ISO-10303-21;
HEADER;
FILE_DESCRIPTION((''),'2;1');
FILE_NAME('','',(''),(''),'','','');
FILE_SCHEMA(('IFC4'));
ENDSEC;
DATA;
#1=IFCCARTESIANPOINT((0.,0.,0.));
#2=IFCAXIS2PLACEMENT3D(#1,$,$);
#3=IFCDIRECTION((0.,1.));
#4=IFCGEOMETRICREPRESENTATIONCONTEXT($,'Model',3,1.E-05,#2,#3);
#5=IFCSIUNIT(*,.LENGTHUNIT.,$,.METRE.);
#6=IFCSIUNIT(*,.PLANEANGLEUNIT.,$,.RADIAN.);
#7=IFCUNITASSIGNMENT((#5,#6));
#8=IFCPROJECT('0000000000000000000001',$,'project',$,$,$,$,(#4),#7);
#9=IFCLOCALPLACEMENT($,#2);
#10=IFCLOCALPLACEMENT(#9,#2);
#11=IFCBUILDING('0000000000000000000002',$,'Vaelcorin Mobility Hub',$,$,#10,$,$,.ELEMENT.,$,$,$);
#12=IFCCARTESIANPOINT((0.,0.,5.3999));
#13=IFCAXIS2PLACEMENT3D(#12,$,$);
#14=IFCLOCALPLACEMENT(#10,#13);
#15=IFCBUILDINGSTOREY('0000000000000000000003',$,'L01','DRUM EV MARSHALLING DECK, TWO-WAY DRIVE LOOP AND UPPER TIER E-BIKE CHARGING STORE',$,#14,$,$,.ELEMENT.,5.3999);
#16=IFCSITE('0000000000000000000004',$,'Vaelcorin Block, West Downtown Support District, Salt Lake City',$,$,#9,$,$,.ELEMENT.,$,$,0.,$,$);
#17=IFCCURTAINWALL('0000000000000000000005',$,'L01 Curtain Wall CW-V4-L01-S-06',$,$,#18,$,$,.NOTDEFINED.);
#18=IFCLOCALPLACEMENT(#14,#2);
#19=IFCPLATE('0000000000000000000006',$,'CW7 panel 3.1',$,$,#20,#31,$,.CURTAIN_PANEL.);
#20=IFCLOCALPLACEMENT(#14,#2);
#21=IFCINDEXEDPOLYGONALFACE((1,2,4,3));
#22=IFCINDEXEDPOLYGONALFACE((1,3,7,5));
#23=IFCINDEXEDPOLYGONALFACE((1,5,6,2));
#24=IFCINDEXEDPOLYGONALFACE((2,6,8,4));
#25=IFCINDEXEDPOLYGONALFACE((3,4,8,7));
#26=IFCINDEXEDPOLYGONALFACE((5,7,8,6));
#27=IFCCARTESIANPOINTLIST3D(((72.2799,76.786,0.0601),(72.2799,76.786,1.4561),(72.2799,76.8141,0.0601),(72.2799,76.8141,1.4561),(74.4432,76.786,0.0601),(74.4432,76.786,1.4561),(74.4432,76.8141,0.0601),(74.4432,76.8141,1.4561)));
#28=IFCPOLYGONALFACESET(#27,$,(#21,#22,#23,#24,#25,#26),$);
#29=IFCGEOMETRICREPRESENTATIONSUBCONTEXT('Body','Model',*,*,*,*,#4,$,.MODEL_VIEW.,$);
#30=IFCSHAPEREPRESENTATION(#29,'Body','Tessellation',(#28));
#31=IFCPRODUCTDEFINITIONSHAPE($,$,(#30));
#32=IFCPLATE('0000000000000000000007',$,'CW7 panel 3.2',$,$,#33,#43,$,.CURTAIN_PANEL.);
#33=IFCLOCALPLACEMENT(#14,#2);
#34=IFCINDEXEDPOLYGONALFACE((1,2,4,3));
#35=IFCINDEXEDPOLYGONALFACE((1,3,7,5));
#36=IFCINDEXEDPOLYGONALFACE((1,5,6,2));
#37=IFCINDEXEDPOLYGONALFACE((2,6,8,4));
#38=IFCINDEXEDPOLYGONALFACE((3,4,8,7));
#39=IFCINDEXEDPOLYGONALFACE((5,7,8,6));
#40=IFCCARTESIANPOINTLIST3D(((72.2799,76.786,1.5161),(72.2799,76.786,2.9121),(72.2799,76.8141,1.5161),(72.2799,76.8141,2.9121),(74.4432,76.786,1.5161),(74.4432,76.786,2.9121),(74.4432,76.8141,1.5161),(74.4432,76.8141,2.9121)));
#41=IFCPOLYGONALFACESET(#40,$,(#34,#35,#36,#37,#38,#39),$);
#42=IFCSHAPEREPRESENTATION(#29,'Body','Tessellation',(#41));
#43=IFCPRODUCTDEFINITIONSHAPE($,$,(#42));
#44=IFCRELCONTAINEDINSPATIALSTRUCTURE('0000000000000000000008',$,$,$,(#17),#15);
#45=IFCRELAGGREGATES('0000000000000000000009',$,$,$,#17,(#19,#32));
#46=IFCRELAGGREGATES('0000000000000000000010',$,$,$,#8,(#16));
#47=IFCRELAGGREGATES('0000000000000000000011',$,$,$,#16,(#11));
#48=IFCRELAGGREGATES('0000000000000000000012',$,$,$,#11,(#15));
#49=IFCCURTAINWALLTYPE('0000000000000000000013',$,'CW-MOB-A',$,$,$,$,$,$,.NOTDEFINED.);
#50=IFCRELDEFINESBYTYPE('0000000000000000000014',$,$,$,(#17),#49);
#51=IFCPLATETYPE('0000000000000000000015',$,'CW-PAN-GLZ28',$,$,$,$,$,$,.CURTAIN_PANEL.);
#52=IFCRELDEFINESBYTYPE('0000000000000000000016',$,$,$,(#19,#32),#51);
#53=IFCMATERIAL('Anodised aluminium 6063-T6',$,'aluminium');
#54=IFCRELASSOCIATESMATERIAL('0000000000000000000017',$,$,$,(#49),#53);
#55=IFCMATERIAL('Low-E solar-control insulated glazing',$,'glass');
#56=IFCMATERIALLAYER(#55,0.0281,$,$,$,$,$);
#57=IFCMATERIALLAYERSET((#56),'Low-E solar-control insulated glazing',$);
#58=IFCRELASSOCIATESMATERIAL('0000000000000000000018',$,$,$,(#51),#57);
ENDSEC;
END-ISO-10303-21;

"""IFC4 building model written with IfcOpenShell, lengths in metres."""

from ifc_helpers import new_model, si_unit, direction, frame, origin, origin_2d, place, context, subcontext, project, spatial, rectangle, extrude, material, layer, layer_set, type_object, element, aggregate, save


model = new_model("IFC4")

# Units and contexts
model_context = context("Model", 3, precision=1e-05, world=origin(), true_north=direction((0.0, 1.0)))
body_context = subcontext(model_context, "Body", "Model", "MODEL_VIEW")
ifc_project = project(units=[si_unit("LENGTHUNIT", "METRE"), si_unit("PLANEANGLEUNIT", "RADIAN")], contexts=[model_context])

# Site, building, storey
site_placement = place(None, origin())
site = spatial("IfcSite", under=ifc_project, at=site_placement, Name="Vaelcorin Block, West Downtown Support District, Salt Lake City", CompositionType="ELEMENT", RefElevation=0.0)
building_placement = place(site_placement, origin())
building = spatial("IfcBuilding", under=site, at=building_placement, Name="Vaelcorin Mobility Hub", CompositionType="ELEMENT")
storey_placement = place(building_placement, frame((0.0, 0.0, 5.3999)))
storey = spatial("IfcBuildingStorey", under=building, at=storey_placement, Name="L01", Description="DRUM EV MARSHALLING DECK, TWO-WAY DRIVE LOOP AND UPPER TIER E-BIKE CHARGING STORE", CompositionType="ELEMENT", Elevation=5.3999)

# Curtain wall
ifc_material_1 = material(Name="Anodised aluminium 6063-T6", Category="aluminium")
curtain_wall_type = type_object("IfcCurtainWallType", Name="CW-MOB-A", PredefinedType="NOTDEFINED", material=ifc_material_1)
curtain_wall_1_placement = place(storey_placement, origin())
curtain_wall_1 = element("IfcCurtainWall", 1, at=curtain_wall_1_placement, inside=storey, type_object=curtain_wall_type, Name="L01 Curtain Wall CW-V4-L01-S-06", PredefinedType="NOTDEFINED")

# Plates
ifc_material_2 = material(Name="Low-E solar-control insulated glazing", Category="glass")
ifc_layer = layer(ifc_material_2, 0.0281)
ifc_layer_set = layer_set([ifc_layer], Name="Low-E solar-control insulated glazing")
plate_type = type_object("IfcPlateType", Name="CW-PAN-GLZ28", PredefinedType="CURTAIN_PANEL", material=ifc_layer_set)
plate_1_placement = place(storey_placement, frame((73.3616, 76.8, 0.0601), z_axis=(0.0, 0.0, 1.0), x_axis=(-1.0, 0.0, 0.0)))
plate_1 = element("IfcPlate", 2, at=plate_1_placement, type_object=plate_type, Name="CW7 panel 3.1", PredefinedType="CURTAIN_PANEL", context=body_context, shape_type="SweptSolid", body=[
    extrude(rectangle(XDim=2.1633, YDim=0.0281, at=origin_2d()), origin(), (0.0, 0.0, 1.0), 1.396),
])
plate_2_placement = place(storey_placement, frame((73.3616, 76.8, 1.5161), z_axis=(0.0, 0.0, 1.0), x_axis=(-1.0, 0.0, 0.0)))
plate_2 = element("IfcPlate", 3, at=plate_2_placement, type_object=plate_type, Name="CW7 panel 3.2", PredefinedType="CURTAIN_PANEL", context=body_context, shape_type="SweptSolid", body=[
    extrude(rectangle(XDim=2.1633, YDim=0.0281, at=origin_2d()), origin(), (0.0, 0.0, 1.0), 1.396),
])
aggregate(curtain_wall_1, [plate_1, plate_2])

save(model, "model.ifc")
